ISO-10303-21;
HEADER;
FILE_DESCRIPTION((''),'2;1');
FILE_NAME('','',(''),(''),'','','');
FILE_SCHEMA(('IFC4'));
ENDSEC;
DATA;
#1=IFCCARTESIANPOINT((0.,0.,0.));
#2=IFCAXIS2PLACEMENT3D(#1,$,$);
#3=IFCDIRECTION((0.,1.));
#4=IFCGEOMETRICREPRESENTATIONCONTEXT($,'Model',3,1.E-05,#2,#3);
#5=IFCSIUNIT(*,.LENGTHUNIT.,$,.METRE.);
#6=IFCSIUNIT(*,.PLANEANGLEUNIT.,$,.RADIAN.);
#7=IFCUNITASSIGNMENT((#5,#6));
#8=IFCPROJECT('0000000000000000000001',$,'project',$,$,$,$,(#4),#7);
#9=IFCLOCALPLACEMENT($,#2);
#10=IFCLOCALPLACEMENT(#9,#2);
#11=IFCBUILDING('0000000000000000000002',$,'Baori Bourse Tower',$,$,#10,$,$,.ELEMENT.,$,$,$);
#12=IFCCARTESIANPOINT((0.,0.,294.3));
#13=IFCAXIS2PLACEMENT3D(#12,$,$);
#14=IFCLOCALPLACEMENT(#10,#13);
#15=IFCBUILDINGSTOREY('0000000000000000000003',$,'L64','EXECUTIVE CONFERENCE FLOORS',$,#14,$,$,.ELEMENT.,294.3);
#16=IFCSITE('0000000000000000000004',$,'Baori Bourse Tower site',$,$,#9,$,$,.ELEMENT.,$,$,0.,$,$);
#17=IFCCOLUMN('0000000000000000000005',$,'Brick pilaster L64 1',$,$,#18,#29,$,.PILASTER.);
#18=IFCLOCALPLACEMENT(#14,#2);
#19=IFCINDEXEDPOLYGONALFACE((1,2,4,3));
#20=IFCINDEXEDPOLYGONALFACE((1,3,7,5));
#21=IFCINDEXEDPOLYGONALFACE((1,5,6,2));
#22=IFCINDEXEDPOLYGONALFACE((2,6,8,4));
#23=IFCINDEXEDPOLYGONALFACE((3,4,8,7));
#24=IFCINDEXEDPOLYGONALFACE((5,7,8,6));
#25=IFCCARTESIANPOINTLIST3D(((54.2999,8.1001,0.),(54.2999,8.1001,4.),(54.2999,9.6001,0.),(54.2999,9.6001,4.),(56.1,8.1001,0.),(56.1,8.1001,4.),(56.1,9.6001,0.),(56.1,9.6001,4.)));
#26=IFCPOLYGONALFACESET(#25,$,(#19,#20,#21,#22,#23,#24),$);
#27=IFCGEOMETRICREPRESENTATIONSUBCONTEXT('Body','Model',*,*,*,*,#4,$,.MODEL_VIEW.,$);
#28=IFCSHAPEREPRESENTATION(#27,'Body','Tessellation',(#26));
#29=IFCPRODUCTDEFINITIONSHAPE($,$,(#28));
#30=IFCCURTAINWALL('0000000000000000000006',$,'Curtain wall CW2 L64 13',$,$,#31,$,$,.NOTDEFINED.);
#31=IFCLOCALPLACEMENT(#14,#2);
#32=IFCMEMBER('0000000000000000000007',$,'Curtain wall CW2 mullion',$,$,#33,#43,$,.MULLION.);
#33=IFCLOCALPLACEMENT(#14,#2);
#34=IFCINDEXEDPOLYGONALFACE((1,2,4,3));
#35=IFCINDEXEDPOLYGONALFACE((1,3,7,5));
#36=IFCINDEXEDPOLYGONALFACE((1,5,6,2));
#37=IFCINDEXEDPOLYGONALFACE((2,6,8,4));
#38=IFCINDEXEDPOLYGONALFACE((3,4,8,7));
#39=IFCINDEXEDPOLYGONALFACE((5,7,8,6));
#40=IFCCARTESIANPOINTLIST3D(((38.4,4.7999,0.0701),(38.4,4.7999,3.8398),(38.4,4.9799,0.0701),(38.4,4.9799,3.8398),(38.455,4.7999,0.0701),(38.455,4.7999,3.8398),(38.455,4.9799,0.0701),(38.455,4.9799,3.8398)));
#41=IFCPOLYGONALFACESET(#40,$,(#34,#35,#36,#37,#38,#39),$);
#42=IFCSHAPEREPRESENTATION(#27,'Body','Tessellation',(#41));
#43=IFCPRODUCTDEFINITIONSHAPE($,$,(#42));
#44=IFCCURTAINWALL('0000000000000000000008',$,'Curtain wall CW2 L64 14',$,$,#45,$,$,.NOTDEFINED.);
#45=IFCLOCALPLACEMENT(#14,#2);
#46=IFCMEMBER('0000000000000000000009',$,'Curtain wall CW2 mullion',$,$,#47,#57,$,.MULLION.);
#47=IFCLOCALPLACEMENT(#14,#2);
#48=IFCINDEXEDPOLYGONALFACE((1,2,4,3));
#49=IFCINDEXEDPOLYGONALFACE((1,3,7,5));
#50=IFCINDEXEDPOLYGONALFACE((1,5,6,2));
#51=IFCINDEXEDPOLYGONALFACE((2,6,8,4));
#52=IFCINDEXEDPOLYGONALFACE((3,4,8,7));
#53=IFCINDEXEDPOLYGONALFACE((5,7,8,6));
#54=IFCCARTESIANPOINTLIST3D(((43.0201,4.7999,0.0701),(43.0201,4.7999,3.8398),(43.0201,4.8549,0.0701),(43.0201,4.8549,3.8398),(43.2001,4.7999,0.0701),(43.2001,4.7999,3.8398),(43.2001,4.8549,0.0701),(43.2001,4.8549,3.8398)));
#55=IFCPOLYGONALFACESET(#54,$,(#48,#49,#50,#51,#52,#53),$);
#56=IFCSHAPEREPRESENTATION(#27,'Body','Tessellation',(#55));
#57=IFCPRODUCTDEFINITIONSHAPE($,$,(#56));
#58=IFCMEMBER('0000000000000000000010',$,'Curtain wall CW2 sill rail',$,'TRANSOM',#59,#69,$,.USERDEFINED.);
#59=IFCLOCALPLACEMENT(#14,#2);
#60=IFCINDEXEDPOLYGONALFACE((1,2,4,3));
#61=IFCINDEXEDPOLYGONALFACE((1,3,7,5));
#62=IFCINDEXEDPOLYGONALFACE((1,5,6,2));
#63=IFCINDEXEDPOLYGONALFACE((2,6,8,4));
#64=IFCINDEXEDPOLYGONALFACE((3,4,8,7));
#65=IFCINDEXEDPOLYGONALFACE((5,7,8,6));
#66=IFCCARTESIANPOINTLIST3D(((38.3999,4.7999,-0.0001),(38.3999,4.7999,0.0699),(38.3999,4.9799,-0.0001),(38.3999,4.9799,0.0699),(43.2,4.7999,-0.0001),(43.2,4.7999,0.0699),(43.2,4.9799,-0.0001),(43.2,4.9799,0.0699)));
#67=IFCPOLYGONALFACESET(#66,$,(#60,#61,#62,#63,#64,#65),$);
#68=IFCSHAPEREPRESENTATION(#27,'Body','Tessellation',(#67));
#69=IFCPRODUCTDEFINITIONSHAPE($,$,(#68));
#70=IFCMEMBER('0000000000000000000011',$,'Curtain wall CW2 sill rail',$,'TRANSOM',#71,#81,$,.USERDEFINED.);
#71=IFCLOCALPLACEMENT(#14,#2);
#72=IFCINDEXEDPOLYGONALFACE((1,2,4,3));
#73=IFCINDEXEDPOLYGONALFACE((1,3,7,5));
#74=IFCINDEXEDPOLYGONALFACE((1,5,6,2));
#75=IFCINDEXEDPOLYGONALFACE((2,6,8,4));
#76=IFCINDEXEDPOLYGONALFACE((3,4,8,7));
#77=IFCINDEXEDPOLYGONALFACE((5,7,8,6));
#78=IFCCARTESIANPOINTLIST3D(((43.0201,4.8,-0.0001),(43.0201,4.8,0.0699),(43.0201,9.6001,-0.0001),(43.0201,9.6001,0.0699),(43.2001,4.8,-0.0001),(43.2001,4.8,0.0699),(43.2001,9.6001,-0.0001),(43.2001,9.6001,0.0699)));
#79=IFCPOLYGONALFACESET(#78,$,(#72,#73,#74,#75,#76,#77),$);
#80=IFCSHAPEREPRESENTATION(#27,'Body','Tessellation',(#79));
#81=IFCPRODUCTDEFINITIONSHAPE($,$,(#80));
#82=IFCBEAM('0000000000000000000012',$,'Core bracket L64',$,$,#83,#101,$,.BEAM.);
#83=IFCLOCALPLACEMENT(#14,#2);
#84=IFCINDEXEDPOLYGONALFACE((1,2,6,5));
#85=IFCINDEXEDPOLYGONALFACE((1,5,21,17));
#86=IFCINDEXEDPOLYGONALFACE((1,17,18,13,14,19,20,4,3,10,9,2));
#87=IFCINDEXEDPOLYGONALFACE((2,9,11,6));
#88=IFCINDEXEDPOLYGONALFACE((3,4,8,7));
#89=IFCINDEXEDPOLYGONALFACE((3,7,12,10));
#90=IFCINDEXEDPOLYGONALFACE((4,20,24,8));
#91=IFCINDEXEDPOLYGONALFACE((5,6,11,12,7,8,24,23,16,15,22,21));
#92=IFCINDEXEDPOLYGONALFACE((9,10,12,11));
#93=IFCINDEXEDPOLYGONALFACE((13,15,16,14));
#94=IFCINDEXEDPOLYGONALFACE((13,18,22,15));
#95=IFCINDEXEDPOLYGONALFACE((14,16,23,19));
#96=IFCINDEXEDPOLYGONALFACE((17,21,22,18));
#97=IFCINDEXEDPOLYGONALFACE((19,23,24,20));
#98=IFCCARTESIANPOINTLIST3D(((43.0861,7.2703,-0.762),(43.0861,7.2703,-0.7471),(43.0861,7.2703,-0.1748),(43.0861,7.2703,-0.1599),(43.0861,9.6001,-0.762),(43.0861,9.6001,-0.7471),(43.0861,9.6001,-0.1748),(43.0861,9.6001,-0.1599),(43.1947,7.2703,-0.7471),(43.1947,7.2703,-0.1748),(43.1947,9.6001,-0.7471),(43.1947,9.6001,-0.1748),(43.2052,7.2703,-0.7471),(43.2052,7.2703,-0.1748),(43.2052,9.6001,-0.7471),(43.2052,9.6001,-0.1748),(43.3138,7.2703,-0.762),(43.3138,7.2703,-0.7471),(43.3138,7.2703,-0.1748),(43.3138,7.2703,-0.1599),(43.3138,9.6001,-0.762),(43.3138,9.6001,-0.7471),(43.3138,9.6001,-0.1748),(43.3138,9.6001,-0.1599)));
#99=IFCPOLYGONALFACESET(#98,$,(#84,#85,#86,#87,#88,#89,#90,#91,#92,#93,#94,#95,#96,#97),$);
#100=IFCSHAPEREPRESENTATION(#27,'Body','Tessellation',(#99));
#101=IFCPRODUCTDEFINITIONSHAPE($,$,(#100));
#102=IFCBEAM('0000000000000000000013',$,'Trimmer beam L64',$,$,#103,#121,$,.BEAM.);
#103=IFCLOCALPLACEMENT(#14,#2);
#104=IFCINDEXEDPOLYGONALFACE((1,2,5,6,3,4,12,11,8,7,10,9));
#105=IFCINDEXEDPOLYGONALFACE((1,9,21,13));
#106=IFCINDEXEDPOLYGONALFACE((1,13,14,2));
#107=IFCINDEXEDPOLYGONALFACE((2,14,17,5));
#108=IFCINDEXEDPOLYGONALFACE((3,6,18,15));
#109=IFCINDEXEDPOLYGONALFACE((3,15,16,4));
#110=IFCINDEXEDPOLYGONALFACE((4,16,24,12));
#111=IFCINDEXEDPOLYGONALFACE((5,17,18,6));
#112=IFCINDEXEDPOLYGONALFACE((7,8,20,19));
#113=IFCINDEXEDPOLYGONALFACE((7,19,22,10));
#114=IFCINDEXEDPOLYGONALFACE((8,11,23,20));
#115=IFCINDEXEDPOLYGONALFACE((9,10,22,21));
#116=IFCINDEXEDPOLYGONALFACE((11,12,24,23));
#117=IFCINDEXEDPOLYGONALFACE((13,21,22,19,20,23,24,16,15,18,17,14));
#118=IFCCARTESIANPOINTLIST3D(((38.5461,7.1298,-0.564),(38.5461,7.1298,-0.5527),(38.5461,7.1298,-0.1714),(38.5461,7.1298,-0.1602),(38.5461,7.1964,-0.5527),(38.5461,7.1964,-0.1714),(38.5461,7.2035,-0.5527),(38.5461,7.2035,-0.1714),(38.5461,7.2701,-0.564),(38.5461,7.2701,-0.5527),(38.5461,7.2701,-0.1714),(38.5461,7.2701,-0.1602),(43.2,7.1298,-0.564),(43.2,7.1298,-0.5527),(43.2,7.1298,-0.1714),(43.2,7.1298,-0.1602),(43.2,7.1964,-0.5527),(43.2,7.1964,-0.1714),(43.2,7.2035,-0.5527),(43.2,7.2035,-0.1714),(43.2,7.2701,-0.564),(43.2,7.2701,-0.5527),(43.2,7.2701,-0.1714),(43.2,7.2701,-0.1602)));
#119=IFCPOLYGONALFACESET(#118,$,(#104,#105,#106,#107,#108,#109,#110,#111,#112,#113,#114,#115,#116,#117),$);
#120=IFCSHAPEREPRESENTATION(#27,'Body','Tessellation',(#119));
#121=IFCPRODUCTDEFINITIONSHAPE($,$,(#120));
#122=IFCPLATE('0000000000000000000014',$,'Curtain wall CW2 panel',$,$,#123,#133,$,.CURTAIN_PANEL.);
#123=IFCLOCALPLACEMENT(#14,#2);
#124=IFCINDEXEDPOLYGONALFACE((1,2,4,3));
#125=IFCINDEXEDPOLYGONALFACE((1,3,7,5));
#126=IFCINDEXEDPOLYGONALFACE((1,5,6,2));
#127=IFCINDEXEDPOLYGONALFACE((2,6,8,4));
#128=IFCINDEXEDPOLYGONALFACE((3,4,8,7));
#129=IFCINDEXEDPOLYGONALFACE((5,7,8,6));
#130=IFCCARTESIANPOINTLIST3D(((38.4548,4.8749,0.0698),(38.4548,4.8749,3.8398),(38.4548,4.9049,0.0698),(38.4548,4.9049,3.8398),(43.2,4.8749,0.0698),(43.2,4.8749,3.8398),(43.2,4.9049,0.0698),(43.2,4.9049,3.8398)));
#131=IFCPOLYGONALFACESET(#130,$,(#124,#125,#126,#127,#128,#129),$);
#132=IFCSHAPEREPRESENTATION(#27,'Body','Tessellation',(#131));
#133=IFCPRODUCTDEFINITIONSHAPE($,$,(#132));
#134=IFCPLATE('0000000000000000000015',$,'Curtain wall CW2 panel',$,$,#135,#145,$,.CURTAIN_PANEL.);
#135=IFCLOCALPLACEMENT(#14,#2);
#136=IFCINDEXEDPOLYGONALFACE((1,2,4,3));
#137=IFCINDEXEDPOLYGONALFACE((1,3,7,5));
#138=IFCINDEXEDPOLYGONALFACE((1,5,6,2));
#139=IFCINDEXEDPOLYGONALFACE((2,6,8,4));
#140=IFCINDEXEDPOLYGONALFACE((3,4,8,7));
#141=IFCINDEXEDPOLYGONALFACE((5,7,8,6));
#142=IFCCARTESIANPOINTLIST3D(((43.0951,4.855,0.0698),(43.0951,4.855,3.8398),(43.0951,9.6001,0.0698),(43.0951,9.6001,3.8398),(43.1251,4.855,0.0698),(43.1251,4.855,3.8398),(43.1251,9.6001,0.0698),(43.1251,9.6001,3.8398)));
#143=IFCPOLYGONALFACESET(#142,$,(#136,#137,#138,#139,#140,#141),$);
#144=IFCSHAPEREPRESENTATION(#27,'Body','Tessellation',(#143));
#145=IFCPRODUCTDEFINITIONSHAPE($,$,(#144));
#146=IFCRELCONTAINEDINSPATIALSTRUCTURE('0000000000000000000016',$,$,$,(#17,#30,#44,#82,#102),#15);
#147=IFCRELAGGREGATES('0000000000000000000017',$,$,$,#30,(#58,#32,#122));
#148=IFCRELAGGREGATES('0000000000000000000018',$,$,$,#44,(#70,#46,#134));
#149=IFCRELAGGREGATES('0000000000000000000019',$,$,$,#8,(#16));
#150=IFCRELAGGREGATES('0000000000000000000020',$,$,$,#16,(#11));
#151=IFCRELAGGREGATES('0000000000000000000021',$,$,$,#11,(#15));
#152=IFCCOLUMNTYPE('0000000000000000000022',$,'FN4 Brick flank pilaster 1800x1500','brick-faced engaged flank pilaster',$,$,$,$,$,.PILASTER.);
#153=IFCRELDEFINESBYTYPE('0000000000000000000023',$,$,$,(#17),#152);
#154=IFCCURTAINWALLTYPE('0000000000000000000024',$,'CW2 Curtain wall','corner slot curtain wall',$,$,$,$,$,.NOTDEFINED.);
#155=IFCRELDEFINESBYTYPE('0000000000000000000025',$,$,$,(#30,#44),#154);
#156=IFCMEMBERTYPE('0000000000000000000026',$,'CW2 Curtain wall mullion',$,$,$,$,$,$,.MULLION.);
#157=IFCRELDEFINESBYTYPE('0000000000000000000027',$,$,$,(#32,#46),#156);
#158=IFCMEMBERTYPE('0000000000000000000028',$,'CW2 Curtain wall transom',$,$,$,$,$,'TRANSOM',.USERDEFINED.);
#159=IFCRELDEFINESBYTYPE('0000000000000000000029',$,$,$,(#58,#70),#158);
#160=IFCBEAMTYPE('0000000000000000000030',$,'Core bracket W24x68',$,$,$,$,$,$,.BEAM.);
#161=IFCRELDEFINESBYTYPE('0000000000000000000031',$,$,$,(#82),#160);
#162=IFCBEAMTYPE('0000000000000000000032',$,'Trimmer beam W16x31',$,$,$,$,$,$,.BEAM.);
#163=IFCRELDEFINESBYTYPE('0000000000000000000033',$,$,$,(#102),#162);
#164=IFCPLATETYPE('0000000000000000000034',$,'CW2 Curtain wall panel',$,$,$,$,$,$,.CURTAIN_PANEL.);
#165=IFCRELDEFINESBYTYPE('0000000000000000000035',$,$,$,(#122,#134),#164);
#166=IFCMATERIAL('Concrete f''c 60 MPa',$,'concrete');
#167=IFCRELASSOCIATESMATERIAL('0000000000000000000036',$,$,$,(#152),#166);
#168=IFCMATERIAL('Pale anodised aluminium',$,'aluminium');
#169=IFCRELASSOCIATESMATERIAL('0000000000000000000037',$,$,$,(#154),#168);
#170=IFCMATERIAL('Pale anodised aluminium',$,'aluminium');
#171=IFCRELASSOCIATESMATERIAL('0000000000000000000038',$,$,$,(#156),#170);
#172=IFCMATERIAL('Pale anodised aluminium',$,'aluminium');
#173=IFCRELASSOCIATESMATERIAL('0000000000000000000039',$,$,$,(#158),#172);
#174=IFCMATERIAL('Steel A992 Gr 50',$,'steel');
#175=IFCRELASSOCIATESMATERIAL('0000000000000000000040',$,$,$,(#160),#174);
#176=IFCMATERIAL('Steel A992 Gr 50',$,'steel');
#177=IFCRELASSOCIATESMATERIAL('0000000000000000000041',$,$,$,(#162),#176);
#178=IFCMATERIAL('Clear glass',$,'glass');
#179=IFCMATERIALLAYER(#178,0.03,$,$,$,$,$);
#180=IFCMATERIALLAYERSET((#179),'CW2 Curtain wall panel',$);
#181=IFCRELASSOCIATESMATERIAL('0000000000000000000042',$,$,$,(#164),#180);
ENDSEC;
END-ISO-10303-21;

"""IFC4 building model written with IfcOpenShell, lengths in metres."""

from ifc_helpers import new_model, si_unit, direction, frame, origin, origin_2d, place, context, subcontext, project, spatial, rectangle, i_section, extrude, material, layer, layer_set, material_profile, profile_set, type_object, element, aggregate, save


model = new_model("IFC4")

# Units and contexts
model_context = context("Model", 3, precision=1e-05, world=origin(), true_north=direction((0.0, 1.0)))
body_context = subcontext(model_context, "Body", "Model", "MODEL_VIEW")
ifc_project = project(units=[si_unit("LENGTHUNIT", "METRE"), si_unit("PLANEANGLEUNIT", "RADIAN")], contexts=[model_context])

# Site, building, storey
site_placement = place(None, origin())
site = spatial("IfcSite", under=ifc_project, at=site_placement, Name="Baori Bourse Tower site", CompositionType="ELEMENT", RefElevation=0.0)
building_placement = place(site_placement, origin())
building = spatial("IfcBuilding", under=site, at=building_placement, Name="Baori Bourse Tower", CompositionType="ELEMENT")
storey_placement = place(building_placement, frame((0.0, 0.0, 294.3)))
storey = spatial("IfcBuildingStorey", under=building, at=storey_placement, Name="L64", Description="EXECUTIVE CONFERENCE FLOORS", CompositionType="ELEMENT", Elevation=294.3)

# Column
ifc_material_1 = material(Name="Concrete f'c 60 MPa", Category="concrete")
ifc_material_profile_1 = material_profile(ifc_material_1, rectangle(XDim=1.8, YDim=1.5, at=origin_2d()), Name="RC 1800x1500")
ifc_profile_set_1 = profile_set([ifc_material_profile_1], Name="Concrete f'c 60 MPa")
column_type = type_object("IfcColumnType", Name="FN4 Brick flank pilaster 1800x1500", Description="brick-faced engaged flank pilaster", PredefinedType="PILASTER", material=ifc_profile_set_1)
column_placement = place(storey_placement, frame((55.2, 8.8501, 0.0), z_axis=(0.0, 0.0, 1.0), x_axis=(1.0, 0.0, 0.0)))
element("IfcColumn", 1, at=column_placement, inside=storey, type_object=column_type, Name="Brick pilaster L64 1", PredefinedType="PILASTER", context=body_context, shape_type="SweptSolid", body=[
    extrude(rectangle(XDim=1.8, YDim=1.5, at=origin_2d()), origin(), (0.0, 0.0, 1.0), 4.0),
])

# Curtain walls, members
ifc_material_2 = material(Name="Pale anodised aluminium", Category="aluminium")
curtain_wall_type = type_object("IfcCurtainWallType", Name="CW2 Curtain wall", Description="corner slot curtain wall", PredefinedType="NOTDEFINED", material=ifc_material_2)
curtain_wall_1_placement = place(storey_placement, origin())
curtain_wall_1 = element("IfcCurtainWall", 2, at=curtain_wall_1_placement, inside=storey, type_object=curtain_wall_type, Name="Curtain wall CW2 L64 13", PredefinedType="NOTDEFINED")
ifc_material_3 = material(Name="Pale anodised aluminium", Category="aluminium")
ifc_material_profile_2 = material_profile(ifc_material_3, rectangle(XDim=0.1799, YDim=0.0549, at=origin_2d()), Name="Mullion 55x180")
ifc_profile_set_2 = profile_set([ifc_material_profile_2], Name="Pale anodised aluminium")
member_type_1 = type_object("IfcMemberType", Name="CW2 Curtain wall mullion", PredefinedType="MULLION", material=ifc_profile_set_2)
member_1_placement = place(storey_placement, frame((38.4275, 4.8899, 0.0701), z_axis=(0.0, 0.0, 1.0), x_axis=(0.0, 1.0, 0.0)))
member_1 = element("IfcMember", 3, at=member_1_placement, type_object=member_type_1, Name="Curtain wall CW2 mullion", PredefinedType="MULLION", context=body_context, shape_type="SweptSolid", body=[
    extrude(rectangle(XDim=0.1799, YDim=0.0549, at=origin_2d()), origin(), (0.0, 0.0, 1.0), 3.7698),
])
curtain_wall_2_placement = place(storey_placement, origin())
curtain_wall_2 = element("IfcCurtainWall", 4, at=curtain_wall_2_placement, inside=storey, type_object=curtain_wall_type, Name="Curtain wall CW2 L64 14", PredefinedType="NOTDEFINED")
member_2_placement = place(storey_placement, frame((43.1101, 4.8274, 0.0701), z_axis=(0.0, 0.0, 1.0), x_axis=(-1.0, 0.0, 0.0)))
member_2 = element("IfcMember", 5, at=member_2_placement, type_object=member_type_1, Name="Curtain wall CW2 mullion", PredefinedType="MULLION", context=body_context, shape_type="SweptSolid", body=[
    extrude(rectangle(XDim=0.1799, YDim=0.0549, at=origin_2d()), origin(), (0.0, 0.0, 1.0), 3.7698),
])

# Members
ifc_material_4 = material(Name="Pale anodised aluminium", Category="aluminium")
ifc_material_profile_3 = material_profile(ifc_material_4, rectangle(XDim=0.1799, YDim=0.0701, at=origin_2d()), Name="Transom 70x180")
ifc_profile_set_3 = profile_set([ifc_material_profile_3], Name="Pale anodised aluminium")
member_type_2 = type_object("IfcMemberType", Name="CW2 Curtain wall transom", ElementType="TRANSOM", PredefinedType="USERDEFINED", material=ifc_profile_set_3)
member_3_placement = place(storey_placement, frame((38.3999, 4.8899, 0.0349), z_axis=(1.0, 0.0, 0.0), x_axis=(0.0, 1.0, 0.0)))
member_3 = element("IfcMember", 6, at=member_3_placement, type_object=member_type_2, Name="Curtain wall CW2 sill rail", ObjectType="TRANSOM", PredefinedType="USERDEFINED", context=body_context, shape_type="SweptSolid", body=[
    extrude(rectangle(XDim=0.1799, YDim=0.0701, at=origin_2d()), origin(), (0.0, 0.0, 1.0), 4.8),
])
member_4_placement = place(storey_placement, frame((43.1101, 4.8, 0.0349), z_axis=(0.0, 1.0, 0.0), x_axis=(-1.0, 0.0, 0.0)))
member_4 = element("IfcMember", 7, at=member_4_placement, type_object=member_type_2, Name="Curtain wall CW2 sill rail", ObjectType="TRANSOM", PredefinedType="USERDEFINED", context=body_context, shape_type="SweptSolid", body=[
    extrude(rectangle(XDim=0.1799, YDim=0.0701, at=origin_2d()), origin(), (0.0, 0.0, 1.0), 4.8),
])

# Beams
ifc_material_5 = material(Name="Steel A992 Gr 50", Category="steel")
ifc_material_profile_4 = material_profile(ifc_material_5, i_section(OverallWidth=0.2278, OverallDepth=0.6021, WebThickness=0.0105, FlangeThickness=0.0149, at=origin_2d()), Name="W24x68")
ifc_profile_set_4 = profile_set([ifc_material_profile_4], Name="Steel A992 Gr 50")
beam_type_1 = type_object("IfcBeamType", Name="Core bracket W24x68", PredefinedType="BEAM", material=ifc_profile_set_4)
beam_1_placement = place(storey_placement, frame((43.2, 7.2703, -0.4609), z_axis=(0.0, 1.0, 0.0), x_axis=(-1.0, 0.0, 0.0)))
element("IfcBeam", 8, at=beam_1_placement, inside=storey, type_object=beam_type_1, Name="Core bracket L64", PredefinedType="BEAM", context=body_context, shape_type="SweptSolid", body=[
    extrude(i_section(OverallWidth=0.2278, OverallDepth=0.6021, WebThickness=0.0105, FlangeThickness=0.0149, at=origin_2d()), origin(), (0.0, 0.0, 1.0), 2.3298),
])
ifc_material_6 = material(Name="Steel A992 Gr 50", Category="steel")
ifc_material_profile_5 = material_profile(ifc_material_6, i_section(OverallWidth=0.1404, OverallDepth=0.4038, WebThickness=0.0071, FlangeThickness=0.0112, at=origin_2d()), Name="W16x31")
ifc_profile_set_5 = profile_set([ifc_material_profile_5], Name="Steel A992 Gr 50")
beam_type_2 = type_object("IfcBeamType", Name="Trimmer beam W16x31", PredefinedType="BEAM", material=ifc_profile_set_5)
beam_2_placement = place(storey_placement, frame((38.5461, 7.2, -0.3621), z_axis=(1.0, 0.0, 0.0), x_axis=(0.0, 1.0, 0.0)))
element("IfcBeam", 9, at=beam_2_placement, inside=storey, type_object=beam_type_2, Name="Trimmer beam L64", PredefinedType="BEAM", context=body_context, shape_type="SweptSolid", body=[
    extrude(i_section(OverallWidth=0.1404, OverallDepth=0.4038, WebThickness=0.0071, FlangeThickness=0.0112, at=origin_2d()), origin(), (0.0, 0.0, 1.0), 4.6538),
])

# Plates
ifc_material_7 = material(Name="Clear glass", Category="glass")
ifc_layer_1 = layer(ifc_material_7, 0.03)
ifc_layer_set_1 = layer_set([ifc_layer_1], Name="CW2 Curtain wall panel")
plate_type = type_object("IfcPlateType", Name="CW2 Curtain wall panel", PredefinedType="CURTAIN_PANEL", material=ifc_layer_set_1)
plate_1_placement = place(storey_placement, frame((40.8274, 4.8899, 0.0698), z_axis=(0.0, 0.0, 1.0), x_axis=(1.0, 0.0, 0.0)))
plate_1 = element("IfcPlate", 10, at=plate_1_placement, type_object=plate_type, Name="Curtain wall CW2 panel", PredefinedType="CURTAIN_PANEL", context=body_context, shape_type="SweptSolid", body=[
    extrude(rectangle(XDim=4.7451, YDim=0.03, at=origin_2d()), origin(), (0.0, 0.0, 1.0), 3.77),
])
aggregate(curtain_wall_1, [member_3, member_1, plate_1])
plate_2_placement = place(storey_placement, frame((43.1101, 7.2275, 0.0698), z_axis=(0.0, 0.0, 1.0), x_axis=(0.0, 1.0, 0.0)))
plate_2 = element("IfcPlate", 11, at=plate_2_placement, type_object=plate_type, Name="Curtain wall CW2 panel", PredefinedType="CURTAIN_PANEL", context=body_context, shape_type="SweptSolid", body=[
    extrude(rectangle(XDim=4.7451, YDim=0.03, at=origin_2d()), origin(), (0.0, 0.0, 1.0), 3.77),
])
aggregate(curtain_wall_2, [member_4, member_2, plate_2])

save(model, "model.ifc")
